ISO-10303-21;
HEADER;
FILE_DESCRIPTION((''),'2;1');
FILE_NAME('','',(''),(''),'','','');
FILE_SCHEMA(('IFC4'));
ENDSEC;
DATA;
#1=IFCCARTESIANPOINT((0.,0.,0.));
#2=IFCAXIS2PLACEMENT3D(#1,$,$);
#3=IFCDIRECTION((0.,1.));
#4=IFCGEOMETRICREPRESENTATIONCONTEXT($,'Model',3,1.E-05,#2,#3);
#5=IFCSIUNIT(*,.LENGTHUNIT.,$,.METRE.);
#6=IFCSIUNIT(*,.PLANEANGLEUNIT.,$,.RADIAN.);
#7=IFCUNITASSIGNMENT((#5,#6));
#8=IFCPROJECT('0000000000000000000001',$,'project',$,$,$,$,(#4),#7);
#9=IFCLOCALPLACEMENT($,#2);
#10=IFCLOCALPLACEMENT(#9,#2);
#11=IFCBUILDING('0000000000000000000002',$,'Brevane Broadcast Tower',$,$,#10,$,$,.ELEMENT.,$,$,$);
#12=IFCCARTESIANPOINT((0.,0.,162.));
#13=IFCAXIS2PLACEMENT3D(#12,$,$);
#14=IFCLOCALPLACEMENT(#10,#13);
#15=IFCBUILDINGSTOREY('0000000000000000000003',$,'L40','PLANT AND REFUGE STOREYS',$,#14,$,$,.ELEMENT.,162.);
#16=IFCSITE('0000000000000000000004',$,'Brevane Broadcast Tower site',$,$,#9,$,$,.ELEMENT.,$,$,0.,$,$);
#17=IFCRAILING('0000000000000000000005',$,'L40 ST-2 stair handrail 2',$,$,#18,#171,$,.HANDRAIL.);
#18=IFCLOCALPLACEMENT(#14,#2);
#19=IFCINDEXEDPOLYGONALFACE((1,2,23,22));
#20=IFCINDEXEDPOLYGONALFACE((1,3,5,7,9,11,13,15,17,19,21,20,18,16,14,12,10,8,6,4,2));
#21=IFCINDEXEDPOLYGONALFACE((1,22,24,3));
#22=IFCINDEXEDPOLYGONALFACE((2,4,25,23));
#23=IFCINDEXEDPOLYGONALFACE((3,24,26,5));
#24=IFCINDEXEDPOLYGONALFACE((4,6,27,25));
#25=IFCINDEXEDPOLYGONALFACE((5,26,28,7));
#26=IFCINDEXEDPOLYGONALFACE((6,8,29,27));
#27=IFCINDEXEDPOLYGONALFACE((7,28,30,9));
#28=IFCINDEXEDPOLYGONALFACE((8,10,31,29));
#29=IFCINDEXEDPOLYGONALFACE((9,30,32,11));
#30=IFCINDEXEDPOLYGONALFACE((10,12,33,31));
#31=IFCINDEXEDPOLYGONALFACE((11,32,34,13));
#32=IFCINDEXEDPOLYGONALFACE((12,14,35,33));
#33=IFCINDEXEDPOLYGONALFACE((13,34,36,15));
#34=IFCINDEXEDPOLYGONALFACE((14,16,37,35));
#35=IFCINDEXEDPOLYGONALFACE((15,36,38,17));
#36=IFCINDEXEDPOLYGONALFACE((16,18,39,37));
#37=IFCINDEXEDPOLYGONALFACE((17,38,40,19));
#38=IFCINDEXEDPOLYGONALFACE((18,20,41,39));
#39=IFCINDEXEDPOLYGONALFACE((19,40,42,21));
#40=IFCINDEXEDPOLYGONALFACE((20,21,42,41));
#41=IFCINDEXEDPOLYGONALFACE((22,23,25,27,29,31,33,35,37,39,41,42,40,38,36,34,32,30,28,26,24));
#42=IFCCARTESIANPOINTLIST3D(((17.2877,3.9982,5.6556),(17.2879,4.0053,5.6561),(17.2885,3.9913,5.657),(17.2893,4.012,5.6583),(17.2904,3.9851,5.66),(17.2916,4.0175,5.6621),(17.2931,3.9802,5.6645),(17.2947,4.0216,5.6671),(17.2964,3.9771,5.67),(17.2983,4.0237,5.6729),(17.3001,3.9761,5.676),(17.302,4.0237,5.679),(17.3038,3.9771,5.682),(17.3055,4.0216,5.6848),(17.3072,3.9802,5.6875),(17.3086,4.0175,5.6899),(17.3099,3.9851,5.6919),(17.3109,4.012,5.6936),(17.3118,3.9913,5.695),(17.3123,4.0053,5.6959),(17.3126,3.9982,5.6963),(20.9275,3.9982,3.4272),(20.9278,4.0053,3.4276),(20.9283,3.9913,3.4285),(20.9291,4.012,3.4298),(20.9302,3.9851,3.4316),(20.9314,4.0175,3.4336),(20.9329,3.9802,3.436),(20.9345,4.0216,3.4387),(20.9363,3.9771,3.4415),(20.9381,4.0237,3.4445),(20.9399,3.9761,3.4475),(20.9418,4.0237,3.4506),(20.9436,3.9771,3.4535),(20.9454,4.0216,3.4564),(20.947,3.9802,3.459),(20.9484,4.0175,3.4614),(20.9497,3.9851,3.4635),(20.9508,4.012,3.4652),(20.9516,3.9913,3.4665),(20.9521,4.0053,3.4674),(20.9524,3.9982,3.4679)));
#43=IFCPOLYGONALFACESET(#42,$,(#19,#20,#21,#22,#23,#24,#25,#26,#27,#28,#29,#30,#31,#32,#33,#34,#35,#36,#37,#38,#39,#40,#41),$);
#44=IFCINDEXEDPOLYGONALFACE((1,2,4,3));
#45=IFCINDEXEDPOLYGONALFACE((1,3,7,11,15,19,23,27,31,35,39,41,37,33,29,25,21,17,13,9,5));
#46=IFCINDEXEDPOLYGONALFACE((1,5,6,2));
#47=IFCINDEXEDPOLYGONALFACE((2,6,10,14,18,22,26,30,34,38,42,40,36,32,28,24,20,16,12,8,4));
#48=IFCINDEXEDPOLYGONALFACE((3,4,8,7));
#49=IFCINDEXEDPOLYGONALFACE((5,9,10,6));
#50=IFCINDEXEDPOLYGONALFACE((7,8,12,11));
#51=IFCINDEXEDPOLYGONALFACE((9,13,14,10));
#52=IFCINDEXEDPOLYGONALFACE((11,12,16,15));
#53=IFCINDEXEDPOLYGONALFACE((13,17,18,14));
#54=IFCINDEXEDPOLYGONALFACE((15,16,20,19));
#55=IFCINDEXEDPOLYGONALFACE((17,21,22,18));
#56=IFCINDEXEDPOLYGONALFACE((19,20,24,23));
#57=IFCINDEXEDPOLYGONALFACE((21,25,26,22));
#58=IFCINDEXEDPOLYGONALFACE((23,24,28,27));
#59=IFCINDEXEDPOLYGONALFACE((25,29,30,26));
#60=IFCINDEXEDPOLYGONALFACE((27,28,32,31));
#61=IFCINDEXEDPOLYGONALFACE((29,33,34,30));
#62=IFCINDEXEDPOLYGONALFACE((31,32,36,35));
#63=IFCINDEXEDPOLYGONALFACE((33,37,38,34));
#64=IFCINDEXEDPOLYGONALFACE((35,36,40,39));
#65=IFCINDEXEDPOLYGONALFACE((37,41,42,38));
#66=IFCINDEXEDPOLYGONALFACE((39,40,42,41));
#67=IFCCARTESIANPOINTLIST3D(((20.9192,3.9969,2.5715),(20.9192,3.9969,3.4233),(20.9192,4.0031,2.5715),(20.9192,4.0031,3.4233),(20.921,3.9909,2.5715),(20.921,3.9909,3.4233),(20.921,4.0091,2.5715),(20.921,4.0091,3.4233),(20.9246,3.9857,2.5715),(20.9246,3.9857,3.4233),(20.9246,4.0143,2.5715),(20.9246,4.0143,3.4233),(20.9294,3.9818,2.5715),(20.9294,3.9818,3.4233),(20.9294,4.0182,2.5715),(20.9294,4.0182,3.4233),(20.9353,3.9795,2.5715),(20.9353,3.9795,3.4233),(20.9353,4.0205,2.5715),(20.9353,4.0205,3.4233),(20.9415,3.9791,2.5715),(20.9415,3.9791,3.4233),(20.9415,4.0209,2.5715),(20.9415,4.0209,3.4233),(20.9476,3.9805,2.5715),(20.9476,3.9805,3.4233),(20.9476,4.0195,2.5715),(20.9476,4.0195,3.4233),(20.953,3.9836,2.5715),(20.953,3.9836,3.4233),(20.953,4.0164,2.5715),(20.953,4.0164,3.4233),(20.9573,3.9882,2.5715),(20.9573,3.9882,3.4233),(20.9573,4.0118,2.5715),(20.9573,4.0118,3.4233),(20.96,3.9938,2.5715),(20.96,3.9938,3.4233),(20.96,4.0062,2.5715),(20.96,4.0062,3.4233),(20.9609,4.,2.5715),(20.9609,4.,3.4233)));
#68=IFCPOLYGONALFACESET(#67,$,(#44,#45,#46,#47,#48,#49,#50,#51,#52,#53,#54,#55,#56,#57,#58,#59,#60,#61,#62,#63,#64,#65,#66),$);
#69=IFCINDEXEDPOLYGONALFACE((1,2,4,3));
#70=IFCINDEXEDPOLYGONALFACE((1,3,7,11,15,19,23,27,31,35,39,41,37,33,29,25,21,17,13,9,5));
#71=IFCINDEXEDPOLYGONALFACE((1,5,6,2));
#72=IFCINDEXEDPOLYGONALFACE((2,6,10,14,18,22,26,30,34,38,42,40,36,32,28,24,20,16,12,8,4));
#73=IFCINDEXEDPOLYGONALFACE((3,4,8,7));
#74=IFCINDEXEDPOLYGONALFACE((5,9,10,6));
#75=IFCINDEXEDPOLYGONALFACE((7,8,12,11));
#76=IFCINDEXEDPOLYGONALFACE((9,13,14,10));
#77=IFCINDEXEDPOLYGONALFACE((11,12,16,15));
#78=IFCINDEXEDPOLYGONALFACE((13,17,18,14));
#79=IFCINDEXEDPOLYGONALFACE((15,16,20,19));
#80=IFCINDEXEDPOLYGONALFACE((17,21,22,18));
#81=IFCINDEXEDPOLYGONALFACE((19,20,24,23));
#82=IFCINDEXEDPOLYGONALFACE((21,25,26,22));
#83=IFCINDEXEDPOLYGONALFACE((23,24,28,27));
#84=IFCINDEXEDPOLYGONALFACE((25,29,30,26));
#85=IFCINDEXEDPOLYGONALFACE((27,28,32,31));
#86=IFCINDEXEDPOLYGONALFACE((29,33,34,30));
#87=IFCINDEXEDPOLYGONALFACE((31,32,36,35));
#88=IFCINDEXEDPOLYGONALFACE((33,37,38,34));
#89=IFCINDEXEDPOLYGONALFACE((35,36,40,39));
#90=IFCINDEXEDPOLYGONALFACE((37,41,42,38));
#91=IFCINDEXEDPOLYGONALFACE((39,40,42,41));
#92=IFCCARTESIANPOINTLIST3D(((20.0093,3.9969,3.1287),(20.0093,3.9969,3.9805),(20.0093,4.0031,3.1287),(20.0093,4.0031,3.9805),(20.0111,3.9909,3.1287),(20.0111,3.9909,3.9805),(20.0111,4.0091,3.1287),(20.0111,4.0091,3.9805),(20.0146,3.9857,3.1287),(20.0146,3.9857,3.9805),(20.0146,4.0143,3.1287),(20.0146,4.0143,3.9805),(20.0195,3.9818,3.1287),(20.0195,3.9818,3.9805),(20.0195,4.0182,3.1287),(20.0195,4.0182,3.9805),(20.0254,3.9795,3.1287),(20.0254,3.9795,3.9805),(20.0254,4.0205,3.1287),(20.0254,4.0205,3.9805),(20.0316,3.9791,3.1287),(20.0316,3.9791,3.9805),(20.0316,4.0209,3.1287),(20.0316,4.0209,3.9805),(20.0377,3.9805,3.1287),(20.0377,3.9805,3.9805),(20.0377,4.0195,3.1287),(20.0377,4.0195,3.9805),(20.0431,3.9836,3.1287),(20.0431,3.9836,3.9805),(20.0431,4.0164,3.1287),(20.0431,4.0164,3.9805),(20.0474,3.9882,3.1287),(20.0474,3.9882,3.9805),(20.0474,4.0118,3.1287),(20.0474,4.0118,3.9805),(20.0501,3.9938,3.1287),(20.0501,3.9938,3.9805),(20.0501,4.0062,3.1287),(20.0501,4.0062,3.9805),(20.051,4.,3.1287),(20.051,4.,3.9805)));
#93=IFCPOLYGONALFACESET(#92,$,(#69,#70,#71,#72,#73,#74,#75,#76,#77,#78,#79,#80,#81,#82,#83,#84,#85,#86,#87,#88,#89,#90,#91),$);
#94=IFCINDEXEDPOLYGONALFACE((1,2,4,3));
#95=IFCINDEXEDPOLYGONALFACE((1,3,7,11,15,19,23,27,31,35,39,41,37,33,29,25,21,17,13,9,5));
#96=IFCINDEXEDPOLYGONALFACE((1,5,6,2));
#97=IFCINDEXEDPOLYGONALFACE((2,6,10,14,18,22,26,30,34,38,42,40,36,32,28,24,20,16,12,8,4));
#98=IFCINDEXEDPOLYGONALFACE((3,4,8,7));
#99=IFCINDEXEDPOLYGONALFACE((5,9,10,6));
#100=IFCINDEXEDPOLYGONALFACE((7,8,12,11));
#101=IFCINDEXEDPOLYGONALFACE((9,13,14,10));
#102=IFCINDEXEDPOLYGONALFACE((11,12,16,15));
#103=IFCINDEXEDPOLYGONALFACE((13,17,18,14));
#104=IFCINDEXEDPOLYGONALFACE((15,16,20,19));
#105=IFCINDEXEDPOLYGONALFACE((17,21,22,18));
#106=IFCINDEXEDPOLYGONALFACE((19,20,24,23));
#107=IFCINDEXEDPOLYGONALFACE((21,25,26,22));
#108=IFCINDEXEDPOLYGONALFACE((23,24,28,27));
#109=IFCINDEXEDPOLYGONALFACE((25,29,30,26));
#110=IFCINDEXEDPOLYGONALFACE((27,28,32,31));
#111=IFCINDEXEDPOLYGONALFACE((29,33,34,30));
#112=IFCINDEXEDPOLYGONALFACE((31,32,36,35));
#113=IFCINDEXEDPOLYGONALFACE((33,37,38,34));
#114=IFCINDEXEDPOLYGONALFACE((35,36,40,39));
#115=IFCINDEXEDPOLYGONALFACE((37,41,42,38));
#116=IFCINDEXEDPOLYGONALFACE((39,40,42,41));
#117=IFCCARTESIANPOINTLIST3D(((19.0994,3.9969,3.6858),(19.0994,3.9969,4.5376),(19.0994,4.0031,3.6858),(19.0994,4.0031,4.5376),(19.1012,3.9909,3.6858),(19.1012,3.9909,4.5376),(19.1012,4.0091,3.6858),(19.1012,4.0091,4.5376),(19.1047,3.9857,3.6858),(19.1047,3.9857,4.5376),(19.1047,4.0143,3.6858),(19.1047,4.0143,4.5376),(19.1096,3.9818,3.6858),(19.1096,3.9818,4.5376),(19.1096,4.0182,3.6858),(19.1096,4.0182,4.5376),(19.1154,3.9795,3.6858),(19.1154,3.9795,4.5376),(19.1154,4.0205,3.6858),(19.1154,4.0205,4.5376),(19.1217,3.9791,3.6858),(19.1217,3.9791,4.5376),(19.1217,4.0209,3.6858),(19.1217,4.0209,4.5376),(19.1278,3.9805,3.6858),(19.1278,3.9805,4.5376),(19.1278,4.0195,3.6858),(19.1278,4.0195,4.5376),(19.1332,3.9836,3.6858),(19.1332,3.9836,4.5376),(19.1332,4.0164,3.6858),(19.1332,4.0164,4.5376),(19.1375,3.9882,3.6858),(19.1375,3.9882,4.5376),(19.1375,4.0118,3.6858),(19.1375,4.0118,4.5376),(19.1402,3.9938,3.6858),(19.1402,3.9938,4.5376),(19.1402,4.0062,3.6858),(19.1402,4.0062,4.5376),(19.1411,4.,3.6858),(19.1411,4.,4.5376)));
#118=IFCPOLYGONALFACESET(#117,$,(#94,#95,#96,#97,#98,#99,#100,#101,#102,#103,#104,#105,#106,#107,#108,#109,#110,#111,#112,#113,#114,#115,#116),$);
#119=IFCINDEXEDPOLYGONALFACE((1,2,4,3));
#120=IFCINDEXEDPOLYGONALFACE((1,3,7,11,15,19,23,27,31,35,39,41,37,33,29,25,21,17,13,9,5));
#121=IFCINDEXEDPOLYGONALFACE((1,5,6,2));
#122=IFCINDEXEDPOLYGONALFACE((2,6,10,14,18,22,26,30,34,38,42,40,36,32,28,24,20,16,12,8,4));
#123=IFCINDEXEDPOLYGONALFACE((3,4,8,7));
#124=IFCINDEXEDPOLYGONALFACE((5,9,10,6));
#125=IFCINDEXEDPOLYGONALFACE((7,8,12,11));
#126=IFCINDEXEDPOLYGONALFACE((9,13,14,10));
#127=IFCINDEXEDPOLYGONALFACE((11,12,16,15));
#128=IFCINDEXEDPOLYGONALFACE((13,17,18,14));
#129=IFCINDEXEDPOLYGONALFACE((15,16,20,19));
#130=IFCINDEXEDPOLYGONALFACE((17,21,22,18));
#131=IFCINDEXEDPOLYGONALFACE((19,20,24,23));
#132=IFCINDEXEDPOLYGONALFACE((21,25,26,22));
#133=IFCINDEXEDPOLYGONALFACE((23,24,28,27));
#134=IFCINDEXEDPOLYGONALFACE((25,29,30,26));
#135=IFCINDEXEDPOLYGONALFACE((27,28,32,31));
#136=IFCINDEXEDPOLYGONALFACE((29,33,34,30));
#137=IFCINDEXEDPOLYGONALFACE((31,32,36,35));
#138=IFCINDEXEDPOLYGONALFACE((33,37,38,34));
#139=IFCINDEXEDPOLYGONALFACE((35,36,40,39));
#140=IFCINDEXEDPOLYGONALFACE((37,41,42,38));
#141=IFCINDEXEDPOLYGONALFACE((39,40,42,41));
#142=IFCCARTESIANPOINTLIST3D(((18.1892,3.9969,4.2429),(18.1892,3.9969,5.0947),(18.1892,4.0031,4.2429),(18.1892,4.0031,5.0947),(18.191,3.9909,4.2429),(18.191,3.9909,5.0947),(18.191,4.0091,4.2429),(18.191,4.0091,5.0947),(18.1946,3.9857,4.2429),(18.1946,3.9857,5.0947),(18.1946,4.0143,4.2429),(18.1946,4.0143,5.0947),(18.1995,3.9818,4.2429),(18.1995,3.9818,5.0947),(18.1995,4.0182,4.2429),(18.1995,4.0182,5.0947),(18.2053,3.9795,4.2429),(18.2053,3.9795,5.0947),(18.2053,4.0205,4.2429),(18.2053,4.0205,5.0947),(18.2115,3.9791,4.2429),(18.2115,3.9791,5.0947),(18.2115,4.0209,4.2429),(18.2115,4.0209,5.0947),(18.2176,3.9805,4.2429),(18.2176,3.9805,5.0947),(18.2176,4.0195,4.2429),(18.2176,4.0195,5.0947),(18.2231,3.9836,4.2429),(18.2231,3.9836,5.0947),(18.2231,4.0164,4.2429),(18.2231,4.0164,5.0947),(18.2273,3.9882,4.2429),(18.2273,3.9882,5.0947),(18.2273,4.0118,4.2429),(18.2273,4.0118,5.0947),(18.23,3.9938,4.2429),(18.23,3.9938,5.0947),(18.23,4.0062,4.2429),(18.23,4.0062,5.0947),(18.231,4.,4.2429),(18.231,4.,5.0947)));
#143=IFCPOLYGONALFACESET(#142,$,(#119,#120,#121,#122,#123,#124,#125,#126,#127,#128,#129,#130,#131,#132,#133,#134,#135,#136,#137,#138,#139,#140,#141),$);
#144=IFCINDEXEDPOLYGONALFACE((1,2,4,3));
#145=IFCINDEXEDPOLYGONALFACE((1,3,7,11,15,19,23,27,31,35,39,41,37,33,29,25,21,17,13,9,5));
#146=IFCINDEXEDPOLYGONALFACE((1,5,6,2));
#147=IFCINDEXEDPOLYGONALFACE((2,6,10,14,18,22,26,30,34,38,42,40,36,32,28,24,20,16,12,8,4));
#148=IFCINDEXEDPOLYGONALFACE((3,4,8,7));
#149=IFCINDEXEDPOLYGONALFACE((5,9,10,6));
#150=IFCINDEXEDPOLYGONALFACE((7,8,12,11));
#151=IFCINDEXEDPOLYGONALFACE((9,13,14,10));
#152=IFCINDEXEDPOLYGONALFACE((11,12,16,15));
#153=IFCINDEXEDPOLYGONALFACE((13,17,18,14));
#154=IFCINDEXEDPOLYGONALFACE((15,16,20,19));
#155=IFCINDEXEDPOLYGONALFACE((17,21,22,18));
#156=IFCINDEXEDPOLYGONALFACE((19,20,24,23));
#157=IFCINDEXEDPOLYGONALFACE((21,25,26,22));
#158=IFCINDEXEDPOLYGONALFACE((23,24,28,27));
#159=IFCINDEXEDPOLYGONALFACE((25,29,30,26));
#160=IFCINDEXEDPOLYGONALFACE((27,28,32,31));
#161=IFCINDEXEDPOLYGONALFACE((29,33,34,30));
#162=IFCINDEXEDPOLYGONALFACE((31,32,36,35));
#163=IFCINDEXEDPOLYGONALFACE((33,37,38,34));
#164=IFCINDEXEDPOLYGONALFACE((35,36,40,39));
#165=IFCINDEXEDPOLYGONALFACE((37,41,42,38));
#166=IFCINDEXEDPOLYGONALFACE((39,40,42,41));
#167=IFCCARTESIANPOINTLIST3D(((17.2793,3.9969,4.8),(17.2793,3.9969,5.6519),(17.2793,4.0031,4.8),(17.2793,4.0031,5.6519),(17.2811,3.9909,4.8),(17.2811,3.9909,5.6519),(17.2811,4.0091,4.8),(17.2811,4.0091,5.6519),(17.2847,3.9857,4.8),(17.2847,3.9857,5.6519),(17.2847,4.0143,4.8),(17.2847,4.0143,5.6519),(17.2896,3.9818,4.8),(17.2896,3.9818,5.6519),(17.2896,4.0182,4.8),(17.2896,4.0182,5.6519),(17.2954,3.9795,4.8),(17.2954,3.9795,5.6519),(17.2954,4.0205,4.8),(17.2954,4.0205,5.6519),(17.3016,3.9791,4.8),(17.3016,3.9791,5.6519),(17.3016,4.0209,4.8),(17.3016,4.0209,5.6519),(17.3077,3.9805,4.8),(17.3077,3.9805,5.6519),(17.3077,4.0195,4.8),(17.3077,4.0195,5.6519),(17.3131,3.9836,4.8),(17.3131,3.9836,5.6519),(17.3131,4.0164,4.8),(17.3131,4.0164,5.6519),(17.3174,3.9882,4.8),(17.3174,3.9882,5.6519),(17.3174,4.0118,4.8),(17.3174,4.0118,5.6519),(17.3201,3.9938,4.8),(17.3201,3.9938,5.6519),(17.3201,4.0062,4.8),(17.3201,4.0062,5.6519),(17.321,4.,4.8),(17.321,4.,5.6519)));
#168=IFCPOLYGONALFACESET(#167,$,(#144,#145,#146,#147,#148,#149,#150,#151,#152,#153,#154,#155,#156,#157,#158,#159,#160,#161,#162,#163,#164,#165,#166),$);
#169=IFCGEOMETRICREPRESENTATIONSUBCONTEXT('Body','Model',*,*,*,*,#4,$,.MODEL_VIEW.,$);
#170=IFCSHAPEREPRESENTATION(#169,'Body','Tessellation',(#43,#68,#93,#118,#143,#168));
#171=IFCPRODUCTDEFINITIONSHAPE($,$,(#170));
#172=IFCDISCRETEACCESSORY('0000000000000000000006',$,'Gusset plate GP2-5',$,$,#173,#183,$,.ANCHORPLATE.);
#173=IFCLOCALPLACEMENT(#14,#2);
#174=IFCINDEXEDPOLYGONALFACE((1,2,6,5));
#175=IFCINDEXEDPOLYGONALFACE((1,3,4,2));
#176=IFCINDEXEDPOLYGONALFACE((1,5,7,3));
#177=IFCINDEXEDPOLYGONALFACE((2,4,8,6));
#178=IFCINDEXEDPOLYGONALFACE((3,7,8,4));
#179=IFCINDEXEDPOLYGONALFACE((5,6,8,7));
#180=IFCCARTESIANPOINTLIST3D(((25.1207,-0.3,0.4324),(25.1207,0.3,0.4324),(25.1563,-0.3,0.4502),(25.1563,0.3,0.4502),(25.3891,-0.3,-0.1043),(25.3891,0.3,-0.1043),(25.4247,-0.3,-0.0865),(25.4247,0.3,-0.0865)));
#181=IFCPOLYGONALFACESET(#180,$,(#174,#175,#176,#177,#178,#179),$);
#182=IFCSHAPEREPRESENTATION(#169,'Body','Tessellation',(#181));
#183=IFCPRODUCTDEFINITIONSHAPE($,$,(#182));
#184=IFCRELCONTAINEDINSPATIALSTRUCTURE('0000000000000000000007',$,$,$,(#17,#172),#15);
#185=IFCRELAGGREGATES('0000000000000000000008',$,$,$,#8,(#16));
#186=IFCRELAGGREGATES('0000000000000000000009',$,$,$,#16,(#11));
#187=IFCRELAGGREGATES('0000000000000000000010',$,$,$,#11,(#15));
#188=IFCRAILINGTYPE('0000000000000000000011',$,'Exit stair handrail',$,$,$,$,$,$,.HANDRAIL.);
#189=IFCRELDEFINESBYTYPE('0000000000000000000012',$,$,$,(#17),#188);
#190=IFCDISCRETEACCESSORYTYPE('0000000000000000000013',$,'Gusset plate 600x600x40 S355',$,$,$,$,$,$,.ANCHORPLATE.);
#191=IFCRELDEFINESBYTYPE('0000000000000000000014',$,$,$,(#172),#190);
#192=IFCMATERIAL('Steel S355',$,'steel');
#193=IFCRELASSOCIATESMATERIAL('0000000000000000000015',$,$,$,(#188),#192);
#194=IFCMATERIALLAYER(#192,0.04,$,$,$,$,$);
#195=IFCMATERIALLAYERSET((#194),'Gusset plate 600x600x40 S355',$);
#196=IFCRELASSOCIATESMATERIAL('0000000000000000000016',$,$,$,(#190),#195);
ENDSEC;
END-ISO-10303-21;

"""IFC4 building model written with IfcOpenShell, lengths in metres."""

from ifc_helpers import new_model, si_unit, direction, frame, origin, origin_2d, place, context, subcontext, project, spatial, rectangle, circle, extrude, material, layer, layer_set, type_object, element, save


model = new_model("IFC4")

# Units and contexts
model_context = context("Model", 3, precision=1e-05, world=origin(), true_north=direction((0.0, 1.0)))
body_context = subcontext(model_context, "Body", "Model", "MODEL_VIEW")
ifc_project = project(units=[si_unit("LENGTHUNIT", "METRE"), si_unit("PLANEANGLEUNIT", "RADIAN")], contexts=[model_context])

# Site, building, storey
site_placement = place(None, origin())
site = spatial("IfcSite", under=ifc_project, at=site_placement, Name="Brevane Broadcast Tower site", CompositionType="ELEMENT", RefElevation=0.0)
building_placement = place(site_placement, origin())
building = spatial("IfcBuilding", under=site, at=building_placement, Name="Brevane Broadcast Tower", CompositionType="ELEMENT")
storey_placement = place(building_placement, frame((0.0, 0.0, 162.0)))
storey = spatial("IfcBuildingStorey", under=building, at=storey_placement, Name="L40", Description="PLANT AND REFUGE STOREYS", CompositionType="ELEMENT", Elevation=162.0)

# Railing
ifc_material_1 = material(Name="Steel S355", Category="steel")
railing_type_1 = type_object("IfcRailingType", Name="Exit stair handrail", PredefinedType="HANDRAIL", material=ifc_material_1)
railing_1_placement = place(storey_placement, frame((20.9399, 4.0, 2.5715)))
element("IfcRailing", 1, at=railing_1_placement, inside=storey, type_object=railing_type_1, Name="L40 ST-2 stair handrail 2", PredefinedType="HANDRAIL", context=body_context, shape_type="SweptSolid", body=[
    extrude(circle(Radius=0.0239, at=origin_2d()), frame((0.0, 0.0, 0.876), z_axis=(-0.85285, 0.0, 0.522156), x_axis=(0.0, -1.0, 0.0)), (0.0, 0.0, 1.0), 4.2678),
    extrude(circle(Radius=0.021, at=origin_2d()), origin(), (0.0, 0.0, 1.0), 0.8518),
    extrude(circle(Radius=0.021, at=origin_2d()), frame((-0.9099, 0.0, 0.5571)), (0.0, 0.0, 1.0), 0.8518),
    extrude(circle(Radius=0.021, at=origin_2d()), frame((-1.8198, 0.0, 1.1143)), (0.0, 0.0, 1.0), 0.8518),
    extrude(circle(Radius=0.021, at=origin_2d()), frame((-2.73, 0.0, 1.6714)), (0.0, 0.0, 1.0), 0.8518),
    extrude(circle(Radius=0.021, at=origin_2d()), frame((-3.6399, 0.0, 2.2285)), (0.0, 0.0, 1.0), 0.8518),
])

# Discrete accessory
ifc_layer_1 = layer(ifc_material_1, 0.04)
ifc_layer_set_1 = layer_set([ifc_layer_1], Name="Gusset plate 600x600x40 S355")
discrete_accessory_type = type_object("IfcDiscreteAccessoryType", Name="Gusset plate 600x600x40 S355", PredefinedType="ANCHORPLATE", material=ifc_layer_set_1)
discrete_accessory_placement = place(storey_placement, frame((25.2549, 0.0, 0.1641), z_axis=(0.894427, 0.0, 0.447214), x_axis=(0.0, 1.0, 0.0)))
element("IfcDiscreteAccessory", 2, at=discrete_accessory_placement, inside=storey, type_object=discrete_accessory_type, Name="Gusset plate GP2-5", PredefinedType="ANCHORPLATE", context=body_context, shape_type="SweptSolid", body=[
    extrude(rectangle(XDim=0.6001, YDim=0.6001, at=origin_2d()), origin(), (0.0, 0.0, 1.0), 0.0398),
])

save(model, "model.ifc")
